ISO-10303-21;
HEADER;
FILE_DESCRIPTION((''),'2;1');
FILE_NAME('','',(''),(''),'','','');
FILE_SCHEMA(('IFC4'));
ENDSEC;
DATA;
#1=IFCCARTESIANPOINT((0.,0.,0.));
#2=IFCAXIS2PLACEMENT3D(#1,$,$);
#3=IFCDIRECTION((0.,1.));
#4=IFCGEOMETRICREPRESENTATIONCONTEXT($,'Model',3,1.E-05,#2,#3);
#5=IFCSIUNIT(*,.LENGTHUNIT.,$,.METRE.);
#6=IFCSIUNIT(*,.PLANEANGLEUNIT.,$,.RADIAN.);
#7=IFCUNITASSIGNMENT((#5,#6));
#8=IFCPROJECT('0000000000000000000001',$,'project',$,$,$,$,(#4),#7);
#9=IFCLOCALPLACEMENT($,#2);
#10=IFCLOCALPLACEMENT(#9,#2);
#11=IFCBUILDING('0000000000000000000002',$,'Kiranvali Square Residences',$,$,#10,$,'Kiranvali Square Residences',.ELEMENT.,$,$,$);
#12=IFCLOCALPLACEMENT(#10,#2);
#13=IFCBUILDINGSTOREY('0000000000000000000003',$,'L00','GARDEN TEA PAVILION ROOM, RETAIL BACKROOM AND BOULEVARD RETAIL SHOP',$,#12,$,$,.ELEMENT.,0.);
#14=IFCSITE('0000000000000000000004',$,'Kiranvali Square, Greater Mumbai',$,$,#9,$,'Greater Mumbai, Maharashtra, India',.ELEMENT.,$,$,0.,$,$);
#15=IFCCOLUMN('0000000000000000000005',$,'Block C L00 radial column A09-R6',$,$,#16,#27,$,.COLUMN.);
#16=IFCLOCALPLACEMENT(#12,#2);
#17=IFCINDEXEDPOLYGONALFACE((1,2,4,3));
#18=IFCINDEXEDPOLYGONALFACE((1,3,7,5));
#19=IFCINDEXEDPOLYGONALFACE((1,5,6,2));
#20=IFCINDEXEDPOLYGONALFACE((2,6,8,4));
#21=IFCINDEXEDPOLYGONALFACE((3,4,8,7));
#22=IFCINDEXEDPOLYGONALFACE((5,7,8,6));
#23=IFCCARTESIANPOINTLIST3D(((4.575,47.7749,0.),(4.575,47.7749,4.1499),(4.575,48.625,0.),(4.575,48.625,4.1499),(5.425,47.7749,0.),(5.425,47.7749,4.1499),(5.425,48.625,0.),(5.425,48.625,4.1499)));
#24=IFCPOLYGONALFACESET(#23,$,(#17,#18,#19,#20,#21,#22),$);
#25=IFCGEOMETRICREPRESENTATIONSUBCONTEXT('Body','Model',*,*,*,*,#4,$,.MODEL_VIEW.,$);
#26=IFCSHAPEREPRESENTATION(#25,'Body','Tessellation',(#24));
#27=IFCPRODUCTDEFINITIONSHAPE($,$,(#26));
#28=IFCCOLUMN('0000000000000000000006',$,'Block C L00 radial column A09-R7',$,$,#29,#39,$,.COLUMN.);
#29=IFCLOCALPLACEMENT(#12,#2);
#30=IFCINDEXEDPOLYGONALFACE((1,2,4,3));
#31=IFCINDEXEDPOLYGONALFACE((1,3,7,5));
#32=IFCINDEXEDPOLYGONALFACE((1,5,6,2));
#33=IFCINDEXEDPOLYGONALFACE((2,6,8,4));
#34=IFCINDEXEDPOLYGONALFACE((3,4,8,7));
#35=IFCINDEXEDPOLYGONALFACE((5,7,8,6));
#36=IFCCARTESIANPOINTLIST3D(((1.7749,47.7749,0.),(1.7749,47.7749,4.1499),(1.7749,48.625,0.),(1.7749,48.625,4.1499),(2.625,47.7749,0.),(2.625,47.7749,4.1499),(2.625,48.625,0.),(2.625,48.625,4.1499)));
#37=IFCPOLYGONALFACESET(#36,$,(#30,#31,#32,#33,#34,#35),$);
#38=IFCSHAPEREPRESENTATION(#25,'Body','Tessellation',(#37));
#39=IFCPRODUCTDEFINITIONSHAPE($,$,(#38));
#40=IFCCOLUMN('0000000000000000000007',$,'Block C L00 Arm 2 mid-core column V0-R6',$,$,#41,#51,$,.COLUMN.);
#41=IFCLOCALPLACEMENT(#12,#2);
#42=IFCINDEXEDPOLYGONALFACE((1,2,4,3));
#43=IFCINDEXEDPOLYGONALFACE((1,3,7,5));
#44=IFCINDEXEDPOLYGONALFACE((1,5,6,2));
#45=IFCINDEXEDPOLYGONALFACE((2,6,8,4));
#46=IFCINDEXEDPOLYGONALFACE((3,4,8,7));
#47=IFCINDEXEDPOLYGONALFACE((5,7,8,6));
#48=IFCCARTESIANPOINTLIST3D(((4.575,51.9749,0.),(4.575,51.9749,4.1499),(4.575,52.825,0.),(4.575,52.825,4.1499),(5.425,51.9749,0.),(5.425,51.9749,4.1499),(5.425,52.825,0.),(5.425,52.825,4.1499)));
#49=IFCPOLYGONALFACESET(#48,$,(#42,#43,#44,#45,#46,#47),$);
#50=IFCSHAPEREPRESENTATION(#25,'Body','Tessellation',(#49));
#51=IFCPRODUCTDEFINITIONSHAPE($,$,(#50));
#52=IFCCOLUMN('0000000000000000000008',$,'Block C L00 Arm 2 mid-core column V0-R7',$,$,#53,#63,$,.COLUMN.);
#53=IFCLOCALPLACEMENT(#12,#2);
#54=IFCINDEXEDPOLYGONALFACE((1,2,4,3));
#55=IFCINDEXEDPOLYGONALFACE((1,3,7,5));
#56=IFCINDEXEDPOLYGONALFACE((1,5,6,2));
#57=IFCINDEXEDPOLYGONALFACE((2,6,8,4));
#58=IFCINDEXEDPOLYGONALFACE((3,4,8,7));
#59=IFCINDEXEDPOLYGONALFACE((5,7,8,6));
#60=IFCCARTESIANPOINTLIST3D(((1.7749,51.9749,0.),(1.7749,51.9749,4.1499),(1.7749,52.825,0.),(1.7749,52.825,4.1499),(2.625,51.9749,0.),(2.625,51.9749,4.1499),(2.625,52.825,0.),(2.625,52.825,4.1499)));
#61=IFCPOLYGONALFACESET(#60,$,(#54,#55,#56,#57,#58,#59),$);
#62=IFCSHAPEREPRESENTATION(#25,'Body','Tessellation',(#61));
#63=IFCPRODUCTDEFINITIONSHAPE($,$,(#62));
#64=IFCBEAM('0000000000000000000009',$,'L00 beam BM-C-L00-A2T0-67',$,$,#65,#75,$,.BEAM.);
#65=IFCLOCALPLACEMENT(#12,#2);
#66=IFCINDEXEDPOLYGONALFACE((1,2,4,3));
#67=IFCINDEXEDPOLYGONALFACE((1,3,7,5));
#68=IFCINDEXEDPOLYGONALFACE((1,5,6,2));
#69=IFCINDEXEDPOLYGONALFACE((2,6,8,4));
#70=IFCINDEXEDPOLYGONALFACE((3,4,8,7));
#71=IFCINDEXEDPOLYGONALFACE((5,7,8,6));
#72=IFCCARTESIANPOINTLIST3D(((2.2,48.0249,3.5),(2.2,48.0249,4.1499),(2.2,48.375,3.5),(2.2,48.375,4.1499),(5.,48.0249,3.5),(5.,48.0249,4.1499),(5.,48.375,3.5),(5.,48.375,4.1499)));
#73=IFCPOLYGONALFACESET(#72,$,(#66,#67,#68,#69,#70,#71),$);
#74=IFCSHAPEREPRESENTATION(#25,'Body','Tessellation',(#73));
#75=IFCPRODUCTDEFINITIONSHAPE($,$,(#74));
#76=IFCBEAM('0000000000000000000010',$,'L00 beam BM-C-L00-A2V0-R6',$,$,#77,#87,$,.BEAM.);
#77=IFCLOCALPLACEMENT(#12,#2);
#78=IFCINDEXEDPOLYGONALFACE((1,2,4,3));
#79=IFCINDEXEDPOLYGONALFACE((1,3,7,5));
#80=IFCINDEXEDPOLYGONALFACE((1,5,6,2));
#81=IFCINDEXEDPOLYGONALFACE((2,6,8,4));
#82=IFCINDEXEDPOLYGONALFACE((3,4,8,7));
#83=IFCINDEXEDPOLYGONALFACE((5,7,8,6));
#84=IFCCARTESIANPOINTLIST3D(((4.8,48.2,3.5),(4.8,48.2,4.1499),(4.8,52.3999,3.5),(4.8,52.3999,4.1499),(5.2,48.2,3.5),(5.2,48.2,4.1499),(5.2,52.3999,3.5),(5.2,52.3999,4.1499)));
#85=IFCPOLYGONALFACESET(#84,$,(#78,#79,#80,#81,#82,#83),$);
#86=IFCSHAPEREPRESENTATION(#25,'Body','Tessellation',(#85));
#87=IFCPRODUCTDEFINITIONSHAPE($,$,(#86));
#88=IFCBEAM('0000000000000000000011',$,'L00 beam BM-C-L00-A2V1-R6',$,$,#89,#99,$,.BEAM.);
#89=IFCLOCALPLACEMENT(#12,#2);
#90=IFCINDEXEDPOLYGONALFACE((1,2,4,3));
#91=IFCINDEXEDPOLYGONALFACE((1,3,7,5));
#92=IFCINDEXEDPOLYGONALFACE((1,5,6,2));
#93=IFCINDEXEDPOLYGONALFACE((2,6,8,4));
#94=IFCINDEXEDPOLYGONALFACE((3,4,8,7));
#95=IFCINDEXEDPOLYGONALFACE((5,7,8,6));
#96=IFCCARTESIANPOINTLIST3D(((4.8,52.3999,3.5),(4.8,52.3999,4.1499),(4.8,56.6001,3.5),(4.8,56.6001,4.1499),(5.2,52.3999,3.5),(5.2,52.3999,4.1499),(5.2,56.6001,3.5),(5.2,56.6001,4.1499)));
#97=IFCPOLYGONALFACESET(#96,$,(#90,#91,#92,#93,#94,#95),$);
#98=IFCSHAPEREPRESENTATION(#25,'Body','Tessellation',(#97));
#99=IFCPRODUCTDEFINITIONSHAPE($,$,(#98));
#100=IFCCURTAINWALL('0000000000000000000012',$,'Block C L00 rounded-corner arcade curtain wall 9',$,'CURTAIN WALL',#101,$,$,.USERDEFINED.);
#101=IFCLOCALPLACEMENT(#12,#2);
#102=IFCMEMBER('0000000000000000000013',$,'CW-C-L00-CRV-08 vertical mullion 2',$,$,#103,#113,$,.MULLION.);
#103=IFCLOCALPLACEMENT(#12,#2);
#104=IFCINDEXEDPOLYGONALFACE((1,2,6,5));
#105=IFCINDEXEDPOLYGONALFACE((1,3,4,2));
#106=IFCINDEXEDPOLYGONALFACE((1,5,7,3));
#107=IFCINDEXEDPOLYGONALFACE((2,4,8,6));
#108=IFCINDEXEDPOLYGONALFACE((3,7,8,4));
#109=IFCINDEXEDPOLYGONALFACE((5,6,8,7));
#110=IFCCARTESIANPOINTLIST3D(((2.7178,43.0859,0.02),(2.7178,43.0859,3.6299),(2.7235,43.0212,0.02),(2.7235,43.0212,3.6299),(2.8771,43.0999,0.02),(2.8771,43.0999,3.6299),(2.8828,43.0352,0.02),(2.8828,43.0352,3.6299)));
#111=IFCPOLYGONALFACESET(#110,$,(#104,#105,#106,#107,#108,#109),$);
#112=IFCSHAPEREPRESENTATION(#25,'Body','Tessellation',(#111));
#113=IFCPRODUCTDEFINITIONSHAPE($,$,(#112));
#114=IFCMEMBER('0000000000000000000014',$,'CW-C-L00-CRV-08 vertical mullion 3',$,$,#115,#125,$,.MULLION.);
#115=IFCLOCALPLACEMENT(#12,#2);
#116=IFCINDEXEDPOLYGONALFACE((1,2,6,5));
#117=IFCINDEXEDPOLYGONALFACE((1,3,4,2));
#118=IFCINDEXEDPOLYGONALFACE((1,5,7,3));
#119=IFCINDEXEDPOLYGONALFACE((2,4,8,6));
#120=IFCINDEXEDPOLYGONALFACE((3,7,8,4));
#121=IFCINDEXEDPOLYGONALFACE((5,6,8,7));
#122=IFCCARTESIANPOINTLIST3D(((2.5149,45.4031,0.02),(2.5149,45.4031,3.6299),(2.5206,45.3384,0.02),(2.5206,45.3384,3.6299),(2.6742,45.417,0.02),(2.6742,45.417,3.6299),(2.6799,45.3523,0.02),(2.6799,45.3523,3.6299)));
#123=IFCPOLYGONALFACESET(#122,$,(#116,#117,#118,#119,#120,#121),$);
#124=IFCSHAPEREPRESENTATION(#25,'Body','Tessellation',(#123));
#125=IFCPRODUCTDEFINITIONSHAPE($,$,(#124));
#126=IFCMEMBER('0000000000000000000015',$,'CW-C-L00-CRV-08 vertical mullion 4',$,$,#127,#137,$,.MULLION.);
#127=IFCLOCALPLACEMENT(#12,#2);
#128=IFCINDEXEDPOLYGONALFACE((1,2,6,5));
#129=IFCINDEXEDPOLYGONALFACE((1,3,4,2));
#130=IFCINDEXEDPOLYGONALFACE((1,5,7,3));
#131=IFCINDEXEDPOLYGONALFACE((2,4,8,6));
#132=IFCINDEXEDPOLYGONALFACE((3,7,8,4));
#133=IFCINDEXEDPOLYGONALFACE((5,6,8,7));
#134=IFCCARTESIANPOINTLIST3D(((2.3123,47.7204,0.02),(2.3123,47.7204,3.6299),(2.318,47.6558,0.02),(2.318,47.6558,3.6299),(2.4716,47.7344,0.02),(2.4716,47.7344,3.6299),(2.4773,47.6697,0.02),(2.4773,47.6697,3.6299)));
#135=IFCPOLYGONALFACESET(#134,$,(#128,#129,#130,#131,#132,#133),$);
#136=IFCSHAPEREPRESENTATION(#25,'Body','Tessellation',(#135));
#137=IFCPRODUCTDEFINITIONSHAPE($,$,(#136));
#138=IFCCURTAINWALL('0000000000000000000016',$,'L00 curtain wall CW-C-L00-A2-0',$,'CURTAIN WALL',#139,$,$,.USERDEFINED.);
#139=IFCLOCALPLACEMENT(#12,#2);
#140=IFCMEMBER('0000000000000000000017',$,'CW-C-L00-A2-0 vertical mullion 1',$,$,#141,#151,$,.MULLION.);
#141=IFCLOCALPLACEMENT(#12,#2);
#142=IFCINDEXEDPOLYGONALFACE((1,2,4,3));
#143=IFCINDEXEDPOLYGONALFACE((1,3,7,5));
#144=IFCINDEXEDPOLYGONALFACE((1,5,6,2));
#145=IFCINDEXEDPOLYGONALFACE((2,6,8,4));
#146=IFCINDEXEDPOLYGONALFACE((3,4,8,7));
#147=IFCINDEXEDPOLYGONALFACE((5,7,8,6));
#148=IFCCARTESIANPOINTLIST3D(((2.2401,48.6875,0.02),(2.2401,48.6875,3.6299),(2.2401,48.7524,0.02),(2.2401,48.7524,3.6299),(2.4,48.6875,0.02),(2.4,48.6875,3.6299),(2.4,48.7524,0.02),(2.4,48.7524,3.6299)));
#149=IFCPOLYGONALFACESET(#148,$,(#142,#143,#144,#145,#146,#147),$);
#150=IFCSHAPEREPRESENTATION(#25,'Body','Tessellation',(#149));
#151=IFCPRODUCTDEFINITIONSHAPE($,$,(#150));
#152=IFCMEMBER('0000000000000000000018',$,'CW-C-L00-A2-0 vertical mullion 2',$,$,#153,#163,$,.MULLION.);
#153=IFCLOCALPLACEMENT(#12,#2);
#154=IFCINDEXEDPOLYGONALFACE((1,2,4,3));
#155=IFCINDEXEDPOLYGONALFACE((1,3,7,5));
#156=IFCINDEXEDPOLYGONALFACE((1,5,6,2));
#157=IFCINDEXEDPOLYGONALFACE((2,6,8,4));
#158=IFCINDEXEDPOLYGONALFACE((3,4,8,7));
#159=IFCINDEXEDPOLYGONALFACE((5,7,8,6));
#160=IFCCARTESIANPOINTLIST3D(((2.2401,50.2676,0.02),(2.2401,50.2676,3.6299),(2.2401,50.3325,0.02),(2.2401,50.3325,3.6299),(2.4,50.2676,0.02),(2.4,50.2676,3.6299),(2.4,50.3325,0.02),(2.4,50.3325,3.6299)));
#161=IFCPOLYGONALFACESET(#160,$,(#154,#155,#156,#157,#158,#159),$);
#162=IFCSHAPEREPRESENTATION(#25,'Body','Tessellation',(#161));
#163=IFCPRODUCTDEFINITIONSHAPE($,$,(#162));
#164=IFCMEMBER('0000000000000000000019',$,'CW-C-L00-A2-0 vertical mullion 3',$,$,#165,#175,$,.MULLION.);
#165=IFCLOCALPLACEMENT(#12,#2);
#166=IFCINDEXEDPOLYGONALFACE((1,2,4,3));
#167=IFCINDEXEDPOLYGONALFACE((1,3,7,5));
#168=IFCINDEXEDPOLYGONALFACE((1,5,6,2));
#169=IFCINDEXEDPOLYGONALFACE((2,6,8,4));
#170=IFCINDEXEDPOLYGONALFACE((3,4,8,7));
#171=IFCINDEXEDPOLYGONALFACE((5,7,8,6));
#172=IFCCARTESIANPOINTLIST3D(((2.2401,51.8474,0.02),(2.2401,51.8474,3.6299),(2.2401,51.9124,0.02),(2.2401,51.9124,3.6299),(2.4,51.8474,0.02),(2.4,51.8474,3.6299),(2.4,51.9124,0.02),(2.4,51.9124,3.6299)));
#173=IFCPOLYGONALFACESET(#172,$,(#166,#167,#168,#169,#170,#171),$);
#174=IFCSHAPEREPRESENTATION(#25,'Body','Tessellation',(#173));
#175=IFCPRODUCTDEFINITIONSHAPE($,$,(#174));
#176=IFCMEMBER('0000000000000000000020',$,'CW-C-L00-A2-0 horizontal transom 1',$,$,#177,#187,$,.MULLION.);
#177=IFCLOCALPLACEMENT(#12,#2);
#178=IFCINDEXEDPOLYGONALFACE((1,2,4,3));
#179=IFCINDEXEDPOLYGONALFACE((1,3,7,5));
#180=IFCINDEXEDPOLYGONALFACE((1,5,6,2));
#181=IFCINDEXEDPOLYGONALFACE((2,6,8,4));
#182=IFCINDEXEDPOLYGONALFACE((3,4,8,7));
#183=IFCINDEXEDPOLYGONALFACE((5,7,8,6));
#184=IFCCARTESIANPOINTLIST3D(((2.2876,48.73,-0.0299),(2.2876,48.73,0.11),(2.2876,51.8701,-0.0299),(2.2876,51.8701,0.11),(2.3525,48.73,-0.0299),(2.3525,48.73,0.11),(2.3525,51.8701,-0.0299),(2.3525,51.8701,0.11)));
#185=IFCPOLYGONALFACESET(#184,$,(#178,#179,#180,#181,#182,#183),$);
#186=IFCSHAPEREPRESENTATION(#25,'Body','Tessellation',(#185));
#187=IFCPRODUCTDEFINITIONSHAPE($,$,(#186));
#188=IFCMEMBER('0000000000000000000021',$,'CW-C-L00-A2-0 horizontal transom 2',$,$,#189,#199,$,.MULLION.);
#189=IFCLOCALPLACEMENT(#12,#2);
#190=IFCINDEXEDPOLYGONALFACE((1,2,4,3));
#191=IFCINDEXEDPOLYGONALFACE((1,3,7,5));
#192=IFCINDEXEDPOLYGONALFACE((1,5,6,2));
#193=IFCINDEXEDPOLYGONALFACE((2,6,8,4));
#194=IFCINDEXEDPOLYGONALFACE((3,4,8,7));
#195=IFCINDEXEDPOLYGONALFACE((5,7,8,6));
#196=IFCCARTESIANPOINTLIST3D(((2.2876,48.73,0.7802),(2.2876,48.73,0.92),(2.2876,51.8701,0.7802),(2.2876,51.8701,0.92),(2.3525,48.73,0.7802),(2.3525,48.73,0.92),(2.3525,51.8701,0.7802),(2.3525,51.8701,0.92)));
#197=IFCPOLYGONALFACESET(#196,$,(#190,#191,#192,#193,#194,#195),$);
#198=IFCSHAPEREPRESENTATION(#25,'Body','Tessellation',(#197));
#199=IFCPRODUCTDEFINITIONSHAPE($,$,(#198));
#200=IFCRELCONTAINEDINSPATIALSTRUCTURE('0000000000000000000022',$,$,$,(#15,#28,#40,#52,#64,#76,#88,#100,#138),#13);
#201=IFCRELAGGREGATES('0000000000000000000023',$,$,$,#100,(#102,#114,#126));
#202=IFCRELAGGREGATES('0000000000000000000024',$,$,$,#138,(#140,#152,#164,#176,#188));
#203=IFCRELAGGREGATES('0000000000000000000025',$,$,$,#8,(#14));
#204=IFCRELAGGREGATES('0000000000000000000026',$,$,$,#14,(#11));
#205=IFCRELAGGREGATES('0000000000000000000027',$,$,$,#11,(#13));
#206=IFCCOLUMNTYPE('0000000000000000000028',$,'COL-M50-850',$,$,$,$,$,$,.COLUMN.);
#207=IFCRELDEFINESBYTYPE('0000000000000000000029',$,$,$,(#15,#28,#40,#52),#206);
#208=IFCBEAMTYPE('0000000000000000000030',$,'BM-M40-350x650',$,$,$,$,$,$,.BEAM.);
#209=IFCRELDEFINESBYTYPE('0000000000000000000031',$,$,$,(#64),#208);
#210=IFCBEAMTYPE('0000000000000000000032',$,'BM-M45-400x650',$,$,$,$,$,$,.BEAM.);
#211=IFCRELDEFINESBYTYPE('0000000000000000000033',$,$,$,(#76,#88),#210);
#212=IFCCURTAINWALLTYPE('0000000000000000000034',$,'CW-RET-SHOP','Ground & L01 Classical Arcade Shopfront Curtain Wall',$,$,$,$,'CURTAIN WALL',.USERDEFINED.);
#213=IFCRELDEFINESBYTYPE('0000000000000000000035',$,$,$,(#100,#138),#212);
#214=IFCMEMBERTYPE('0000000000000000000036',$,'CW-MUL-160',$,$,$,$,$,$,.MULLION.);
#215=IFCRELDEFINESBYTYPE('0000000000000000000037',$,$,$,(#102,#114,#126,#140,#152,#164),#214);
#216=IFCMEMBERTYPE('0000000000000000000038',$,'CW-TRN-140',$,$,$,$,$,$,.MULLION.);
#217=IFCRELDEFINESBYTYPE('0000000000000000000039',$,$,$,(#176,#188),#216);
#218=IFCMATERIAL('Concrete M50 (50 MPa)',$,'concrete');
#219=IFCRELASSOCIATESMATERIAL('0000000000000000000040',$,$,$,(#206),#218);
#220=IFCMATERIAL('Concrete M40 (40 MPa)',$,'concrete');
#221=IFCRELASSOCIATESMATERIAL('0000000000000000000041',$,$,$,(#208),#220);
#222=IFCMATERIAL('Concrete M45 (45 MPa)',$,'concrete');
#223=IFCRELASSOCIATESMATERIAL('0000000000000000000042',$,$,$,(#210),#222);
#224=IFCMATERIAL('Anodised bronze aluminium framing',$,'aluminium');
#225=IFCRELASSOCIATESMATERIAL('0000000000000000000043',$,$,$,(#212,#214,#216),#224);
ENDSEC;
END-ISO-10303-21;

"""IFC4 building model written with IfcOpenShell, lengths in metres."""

from ifc_helpers import new_model, si_unit, direction, frame, origin, origin_2d, place, context, subcontext, project, spatial, rectangle, extrude, material, material_profile, profile_set, type_object, element, aggregate, save


model = new_model("IFC4")

# Units and contexts
model_context = context("Model", 3, precision=1e-05, world=origin(), true_north=direction((0.0, 1.0)))
body_context = subcontext(model_context, "Body", "Model", "MODEL_VIEW")
ifc_project = project(units=[si_unit("LENGTHUNIT", "METRE"), si_unit("PLANEANGLEUNIT", "RADIAN")], contexts=[model_context])

# Site, building, storey
site_placement = place(None, origin())
site = spatial("IfcSite", under=ifc_project, at=site_placement, Name="Kiranvali Square, Greater Mumbai", LongName="Greater Mumbai, Maharashtra, India", CompositionType="ELEMENT", RefElevation=0.0)
building_placement = place(site_placement, origin())
building = spatial("IfcBuilding", under=site, at=building_placement, Name="Kiranvali Square Residences", LongName="Kiranvali Square Residences", CompositionType="ELEMENT")
storey_placement = place(building_placement, origin())
storey = spatial("IfcBuildingStorey", under=building, at=storey_placement, Name="L00", Description="GARDEN TEA PAVILION ROOM, RETAIL BACKROOM AND BOULEVARD RETAIL SHOP", CompositionType="ELEMENT", Elevation=0.0)

# Columns
ifc_material_1 = material(Name="Concrete M50 (50 MPa)", Category="concrete")
ifc_material_profile_1 = material_profile(ifc_material_1, rectangle(XDim=0.8501, YDim=0.8501, at=origin_2d()), Name="RC 850x850")
ifc_profile_set_1 = profile_set([ifc_material_profile_1], Name="Concrete M50 (50 MPa)")
column_type = type_object("IfcColumnType", Name="COL-M50-850", PredefinedType="COLUMN", material=ifc_profile_set_1)
for number, where, z_axis, x_axis, name in (
    (1, (5.0, 48.2, 0.0), (0.0, 0.0, 1.0), (0.0, 1.0, 0.0), "Block C L00 radial column A09-R6"),
    (2, (2.2, 48.2, 0.0), (0.0, 0.0, 1.0), (0.0, 1.0, 0.0), "Block C L00 radial column A09-R7"),
    (3, (5.0, 52.3999, 0.0), (0.0, 0.0, 1.0), (1.0, 0.0, 0.0), "Block C L00 Arm 2 mid-core column V0-R6"),
    (4, (2.2, 52.3999, 0.0), (0.0, 0.0, 1.0), (1.0, 0.0, 0.0), "Block C L00 Arm 2 mid-core column V0-R7"),
):
    element("IfcColumn", number, at=place(storey_placement, frame(where, z_axis=z_axis, x_axis=x_axis)), inside=storey, type_object=column_type, Name=name, PredefinedType="COLUMN", context=body_context, shape_type="SweptSolid", body=[
        extrude(rectangle(XDim=0.8501, YDim=0.8501, at=origin_2d()), origin(), (0.0, 0.0, 1.0), 4.1499),
    ])

# Beams
ifc_material_2 = material(Name="Concrete M40 (40 MPa)", Category="concrete")
ifc_material_profile_2 = material_profile(ifc_material_2, rectangle(XDim=0.3501, YDim=0.6499, at=origin_2d()), Name="RC 350x650")
ifc_profile_set_2 = profile_set([ifc_material_profile_2], Name="Concrete M40 (40 MPa)")
beam_type_1 = type_object("IfcBeamType", Name="BM-M40-350x650", PredefinedType="BEAM", material=ifc_profile_set_2)
beam_1_placement = place(storey_placement, frame((5.0, 48.2, 3.825), z_axis=(-1.0, 0.0, 0.0), x_axis=(0.0, -1.0, 0.0)))
element("IfcBeam", 5, at=beam_1_placement, inside=storey, type_object=beam_type_1, Name="L00 beam BM-C-L00-A2T0-67", PredefinedType="BEAM", context=body_context, shape_type="SweptSolid", body=[
    extrude(rectangle(XDim=0.3501, YDim=0.6499, at=origin_2d()), origin(), (0.0, 0.0, 1.0), 2.8),
])
ifc_material_3 = material(Name="Concrete M45 (45 MPa)", Category="concrete")
ifc_material_profile_3 = material_profile(ifc_material_3, rectangle(XDim=0.3999, YDim=0.6499, at=origin_2d()), Name="RC 400x650")
ifc_profile_set_3 = profile_set([ifc_material_profile_3], Name="Concrete M45 (45 MPa)")
beam_type_2 = type_object("IfcBeamType", Name="BM-M45-400x650", PredefinedType="BEAM", material=ifc_profile_set_3)
beam_2_placement = place(storey_placement, frame((5.0, 48.2, 3.825), z_axis=(0.0, 1.0, 0.0), x_axis=(-1.0, 0.0, 0.0)))
element("IfcBeam", 6, at=beam_2_placement, inside=storey, type_object=beam_type_2, Name="L00 beam BM-C-L00-A2V0-R6", PredefinedType="BEAM", context=body_context, shape_type="SweptSolid", body=[
    extrude(rectangle(XDim=0.3999, YDim=0.6499, at=origin_2d()), origin(), (0.0, 0.0, 1.0), 4.2),
])
beam_3_placement = place(storey_placement, frame((5.0, 52.3999, 3.825), z_axis=(0.0, 1.0, 0.0), x_axis=(-1.0, 0.0, 0.0)))
element("IfcBeam", 7, at=beam_3_placement, inside=storey, type_object=beam_type_2, Name="L00 beam BM-C-L00-A2V1-R6", PredefinedType="BEAM", context=body_context, shape_type="SweptSolid", body=[
    extrude(rectangle(XDim=0.3999, YDim=0.6499, at=origin_2d()), origin(), (0.0, 0.0, 1.0), 4.2002),
])

# Curtain walls, members
ifc_material_4 = material(Name="Anodised bronze aluminium framing", Category="aluminium")
curtain_wall_type = type_object("IfcCurtainWallType", Name="CW-RET-SHOP", Description="Ground & L01 Classical Arcade Shopfront Curtain Wall", ElementType="CURTAIN WALL", PredefinedType="USERDEFINED", material=ifc_material_4)
curtain_wall_1_placement = place(storey_placement, origin())
curtain_wall_1 = element("IfcCurtainWall", 8, at=curtain_wall_1_placement, inside=storey, type_object=curtain_wall_type, Name="Block C L00 rounded-corner arcade curtain wall 9", ObjectType="CURTAIN WALL", PredefinedType="USERDEFINED")
ifc_material_profile_4 = material_profile(ifc_material_4, rectangle(XDim=0.0649, YDim=0.1599, at=origin_2d()), Name="ALU 65x160")
ifc_profile_set_4 = profile_set([ifc_material_profile_4], Name="Anodised bronze aluminium framing")
member_type_1 = type_object("IfcMemberType", Name="CW-MUL-160", PredefinedType="MULLION", material=ifc_profile_set_4)
member_1_placement = place(storey_placement, frame((2.8003, 43.0605, 0.02), z_axis=(0.0, 0.0, 1.0), x_axis=(-0.087156, 0.996195, 0.0)))
member_1 = element("IfcMember", 9, at=member_1_placement, type_object=member_type_1, Name="CW-C-L00-CRV-08 vertical mullion 2", PredefinedType="MULLION", context=body_context, shape_type="SweptSolid", body=[
    extrude(rectangle(XDim=0.0649, YDim=0.1599, at=origin_2d()), origin(), (0.0, 0.0, 1.0), 3.6099),
])
member_2_placement = place(storey_placement, frame((2.5974, 45.3777, 0.02), z_axis=(0.0, 0.0, 1.0), x_axis=(-0.087156, 0.996195, 0.0)))
member_2 = element("IfcMember", 10, at=member_2_placement, type_object=member_type_1, Name="CW-C-L00-CRV-08 vertical mullion 3", PredefinedType="MULLION", context=body_context, shape_type="SweptSolid", body=[
    extrude(rectangle(XDim=0.0649, YDim=0.1599, at=origin_2d()), origin(), (0.0, 0.0, 1.0), 3.6099),
])
member_3_placement = place(storey_placement, frame((2.3948, 47.6951, 0.02), z_axis=(0.0, 0.0, 1.0), x_axis=(-0.087156, 0.996195, 0.0)))
member_3 = element("IfcMember", 11, at=member_3_placement, type_object=member_type_1, Name="CW-C-L00-CRV-08 vertical mullion 4", PredefinedType="MULLION", context=body_context, shape_type="SweptSolid", body=[
    extrude(rectangle(XDim=0.0649, YDim=0.1599, at=origin_2d()), origin(), (0.0, 0.0, 1.0), 3.6099),
])
curtain_wall_2_placement = place(storey_placement, origin())
curtain_wall_2 = element("IfcCurtainWall", 12, at=curtain_wall_2_placement, inside=storey, type_object=curtain_wall_type, Name="L00 curtain wall CW-C-L00-A2-0", ObjectType="CURTAIN WALL", PredefinedType="USERDEFINED")
member_4_placement = place(storey_placement, frame((2.3201, 48.72, 0.02), z_axis=(0.0, 0.0, 1.0), x_axis=(0.0, 1.0, 0.0)))
member_4 = element("IfcMember", 13, at=member_4_placement, type_object=member_type_1, Name="CW-C-L00-A2-0 vertical mullion 1", PredefinedType="MULLION", context=body_context, shape_type="SweptSolid", body=[
    extrude(rectangle(XDim=0.0649, YDim=0.1599, at=origin_2d()), origin(), (0.0, 0.0, 1.0), 3.6099),
])
member_5_placement = place(storey_placement, frame((2.3201, 50.3, 0.02), z_axis=(0.0, 0.0, 1.0), x_axis=(0.0, 1.0, 0.0)))
member_5 = element("IfcMember", 14, at=member_5_placement, type_object=member_type_1, Name="CW-C-L00-A2-0 vertical mullion 2", PredefinedType="MULLION", context=body_context, shape_type="SweptSolid", body=[
    extrude(rectangle(XDim=0.0649, YDim=0.1599, at=origin_2d()), origin(), (0.0, 0.0, 1.0), 3.6099),
])
member_6_placement = place(storey_placement, frame((2.3201, 51.8799, 0.02), z_axis=(0.0, 0.0, 1.0), x_axis=(0.0, 1.0, 0.0)))
member_6 = element("IfcMember", 15, at=member_6_placement, type_object=member_type_1, Name="CW-C-L00-A2-0 vertical mullion 3", PredefinedType="MULLION", context=body_context, shape_type="SweptSolid", body=[
    extrude(rectangle(XDim=0.0649, YDim=0.1599, at=origin_2d()), origin(), (0.0, 0.0, 1.0), 3.6099),
])
ifc_material_profile_5 = material_profile(ifc_material_4, rectangle(XDim=0.0649, YDim=0.1399, at=origin_2d()), Name="ALU 65x140")
ifc_profile_set_5 = profile_set([ifc_material_profile_5], Name="Anodised bronze aluminium framing")
member_type_2 = type_object("IfcMemberType", Name="CW-TRN-140", PredefinedType="MULLION", material=ifc_profile_set_5)
member_7_placement = place(storey_placement, frame((2.3201, 48.73, 0.04), z_axis=(0.0, 1.0, 0.0), x_axis=(-1.0, 0.0, 0.0)))
member_7 = element("IfcMember", 16, at=member_7_placement, type_object=member_type_2, Name="CW-C-L00-A2-0 horizontal transom 1", PredefinedType="MULLION", context=body_context, shape_type="SweptSolid", body=[
    extrude(rectangle(XDim=0.0649, YDim=0.1399, at=origin_2d()), origin(), (0.0, 0.0, 1.0), 3.1401),
])
member_8_placement = place(storey_placement, frame((2.3201, 48.73, 0.8501), z_axis=(0.0, 1.0, 0.0), x_axis=(-1.0, 0.0, 0.0)))
member_8 = element("IfcMember", 17, at=member_8_placement, type_object=member_type_2, Name="CW-C-L00-A2-0 horizontal transom 2", PredefinedType="MULLION", context=body_context, shape_type="SweptSolid", body=[
    extrude(rectangle(XDim=0.0649, YDim=0.1399, at=origin_2d()), origin(), (0.0, 0.0, 1.0), 3.1401),
])

aggregate(curtain_wall_1, [member_1, member_2, member_3])
aggregate(curtain_wall_2, [member_4, member_5, member_6, member_7, member_8])

save(model, "model.ifc")
